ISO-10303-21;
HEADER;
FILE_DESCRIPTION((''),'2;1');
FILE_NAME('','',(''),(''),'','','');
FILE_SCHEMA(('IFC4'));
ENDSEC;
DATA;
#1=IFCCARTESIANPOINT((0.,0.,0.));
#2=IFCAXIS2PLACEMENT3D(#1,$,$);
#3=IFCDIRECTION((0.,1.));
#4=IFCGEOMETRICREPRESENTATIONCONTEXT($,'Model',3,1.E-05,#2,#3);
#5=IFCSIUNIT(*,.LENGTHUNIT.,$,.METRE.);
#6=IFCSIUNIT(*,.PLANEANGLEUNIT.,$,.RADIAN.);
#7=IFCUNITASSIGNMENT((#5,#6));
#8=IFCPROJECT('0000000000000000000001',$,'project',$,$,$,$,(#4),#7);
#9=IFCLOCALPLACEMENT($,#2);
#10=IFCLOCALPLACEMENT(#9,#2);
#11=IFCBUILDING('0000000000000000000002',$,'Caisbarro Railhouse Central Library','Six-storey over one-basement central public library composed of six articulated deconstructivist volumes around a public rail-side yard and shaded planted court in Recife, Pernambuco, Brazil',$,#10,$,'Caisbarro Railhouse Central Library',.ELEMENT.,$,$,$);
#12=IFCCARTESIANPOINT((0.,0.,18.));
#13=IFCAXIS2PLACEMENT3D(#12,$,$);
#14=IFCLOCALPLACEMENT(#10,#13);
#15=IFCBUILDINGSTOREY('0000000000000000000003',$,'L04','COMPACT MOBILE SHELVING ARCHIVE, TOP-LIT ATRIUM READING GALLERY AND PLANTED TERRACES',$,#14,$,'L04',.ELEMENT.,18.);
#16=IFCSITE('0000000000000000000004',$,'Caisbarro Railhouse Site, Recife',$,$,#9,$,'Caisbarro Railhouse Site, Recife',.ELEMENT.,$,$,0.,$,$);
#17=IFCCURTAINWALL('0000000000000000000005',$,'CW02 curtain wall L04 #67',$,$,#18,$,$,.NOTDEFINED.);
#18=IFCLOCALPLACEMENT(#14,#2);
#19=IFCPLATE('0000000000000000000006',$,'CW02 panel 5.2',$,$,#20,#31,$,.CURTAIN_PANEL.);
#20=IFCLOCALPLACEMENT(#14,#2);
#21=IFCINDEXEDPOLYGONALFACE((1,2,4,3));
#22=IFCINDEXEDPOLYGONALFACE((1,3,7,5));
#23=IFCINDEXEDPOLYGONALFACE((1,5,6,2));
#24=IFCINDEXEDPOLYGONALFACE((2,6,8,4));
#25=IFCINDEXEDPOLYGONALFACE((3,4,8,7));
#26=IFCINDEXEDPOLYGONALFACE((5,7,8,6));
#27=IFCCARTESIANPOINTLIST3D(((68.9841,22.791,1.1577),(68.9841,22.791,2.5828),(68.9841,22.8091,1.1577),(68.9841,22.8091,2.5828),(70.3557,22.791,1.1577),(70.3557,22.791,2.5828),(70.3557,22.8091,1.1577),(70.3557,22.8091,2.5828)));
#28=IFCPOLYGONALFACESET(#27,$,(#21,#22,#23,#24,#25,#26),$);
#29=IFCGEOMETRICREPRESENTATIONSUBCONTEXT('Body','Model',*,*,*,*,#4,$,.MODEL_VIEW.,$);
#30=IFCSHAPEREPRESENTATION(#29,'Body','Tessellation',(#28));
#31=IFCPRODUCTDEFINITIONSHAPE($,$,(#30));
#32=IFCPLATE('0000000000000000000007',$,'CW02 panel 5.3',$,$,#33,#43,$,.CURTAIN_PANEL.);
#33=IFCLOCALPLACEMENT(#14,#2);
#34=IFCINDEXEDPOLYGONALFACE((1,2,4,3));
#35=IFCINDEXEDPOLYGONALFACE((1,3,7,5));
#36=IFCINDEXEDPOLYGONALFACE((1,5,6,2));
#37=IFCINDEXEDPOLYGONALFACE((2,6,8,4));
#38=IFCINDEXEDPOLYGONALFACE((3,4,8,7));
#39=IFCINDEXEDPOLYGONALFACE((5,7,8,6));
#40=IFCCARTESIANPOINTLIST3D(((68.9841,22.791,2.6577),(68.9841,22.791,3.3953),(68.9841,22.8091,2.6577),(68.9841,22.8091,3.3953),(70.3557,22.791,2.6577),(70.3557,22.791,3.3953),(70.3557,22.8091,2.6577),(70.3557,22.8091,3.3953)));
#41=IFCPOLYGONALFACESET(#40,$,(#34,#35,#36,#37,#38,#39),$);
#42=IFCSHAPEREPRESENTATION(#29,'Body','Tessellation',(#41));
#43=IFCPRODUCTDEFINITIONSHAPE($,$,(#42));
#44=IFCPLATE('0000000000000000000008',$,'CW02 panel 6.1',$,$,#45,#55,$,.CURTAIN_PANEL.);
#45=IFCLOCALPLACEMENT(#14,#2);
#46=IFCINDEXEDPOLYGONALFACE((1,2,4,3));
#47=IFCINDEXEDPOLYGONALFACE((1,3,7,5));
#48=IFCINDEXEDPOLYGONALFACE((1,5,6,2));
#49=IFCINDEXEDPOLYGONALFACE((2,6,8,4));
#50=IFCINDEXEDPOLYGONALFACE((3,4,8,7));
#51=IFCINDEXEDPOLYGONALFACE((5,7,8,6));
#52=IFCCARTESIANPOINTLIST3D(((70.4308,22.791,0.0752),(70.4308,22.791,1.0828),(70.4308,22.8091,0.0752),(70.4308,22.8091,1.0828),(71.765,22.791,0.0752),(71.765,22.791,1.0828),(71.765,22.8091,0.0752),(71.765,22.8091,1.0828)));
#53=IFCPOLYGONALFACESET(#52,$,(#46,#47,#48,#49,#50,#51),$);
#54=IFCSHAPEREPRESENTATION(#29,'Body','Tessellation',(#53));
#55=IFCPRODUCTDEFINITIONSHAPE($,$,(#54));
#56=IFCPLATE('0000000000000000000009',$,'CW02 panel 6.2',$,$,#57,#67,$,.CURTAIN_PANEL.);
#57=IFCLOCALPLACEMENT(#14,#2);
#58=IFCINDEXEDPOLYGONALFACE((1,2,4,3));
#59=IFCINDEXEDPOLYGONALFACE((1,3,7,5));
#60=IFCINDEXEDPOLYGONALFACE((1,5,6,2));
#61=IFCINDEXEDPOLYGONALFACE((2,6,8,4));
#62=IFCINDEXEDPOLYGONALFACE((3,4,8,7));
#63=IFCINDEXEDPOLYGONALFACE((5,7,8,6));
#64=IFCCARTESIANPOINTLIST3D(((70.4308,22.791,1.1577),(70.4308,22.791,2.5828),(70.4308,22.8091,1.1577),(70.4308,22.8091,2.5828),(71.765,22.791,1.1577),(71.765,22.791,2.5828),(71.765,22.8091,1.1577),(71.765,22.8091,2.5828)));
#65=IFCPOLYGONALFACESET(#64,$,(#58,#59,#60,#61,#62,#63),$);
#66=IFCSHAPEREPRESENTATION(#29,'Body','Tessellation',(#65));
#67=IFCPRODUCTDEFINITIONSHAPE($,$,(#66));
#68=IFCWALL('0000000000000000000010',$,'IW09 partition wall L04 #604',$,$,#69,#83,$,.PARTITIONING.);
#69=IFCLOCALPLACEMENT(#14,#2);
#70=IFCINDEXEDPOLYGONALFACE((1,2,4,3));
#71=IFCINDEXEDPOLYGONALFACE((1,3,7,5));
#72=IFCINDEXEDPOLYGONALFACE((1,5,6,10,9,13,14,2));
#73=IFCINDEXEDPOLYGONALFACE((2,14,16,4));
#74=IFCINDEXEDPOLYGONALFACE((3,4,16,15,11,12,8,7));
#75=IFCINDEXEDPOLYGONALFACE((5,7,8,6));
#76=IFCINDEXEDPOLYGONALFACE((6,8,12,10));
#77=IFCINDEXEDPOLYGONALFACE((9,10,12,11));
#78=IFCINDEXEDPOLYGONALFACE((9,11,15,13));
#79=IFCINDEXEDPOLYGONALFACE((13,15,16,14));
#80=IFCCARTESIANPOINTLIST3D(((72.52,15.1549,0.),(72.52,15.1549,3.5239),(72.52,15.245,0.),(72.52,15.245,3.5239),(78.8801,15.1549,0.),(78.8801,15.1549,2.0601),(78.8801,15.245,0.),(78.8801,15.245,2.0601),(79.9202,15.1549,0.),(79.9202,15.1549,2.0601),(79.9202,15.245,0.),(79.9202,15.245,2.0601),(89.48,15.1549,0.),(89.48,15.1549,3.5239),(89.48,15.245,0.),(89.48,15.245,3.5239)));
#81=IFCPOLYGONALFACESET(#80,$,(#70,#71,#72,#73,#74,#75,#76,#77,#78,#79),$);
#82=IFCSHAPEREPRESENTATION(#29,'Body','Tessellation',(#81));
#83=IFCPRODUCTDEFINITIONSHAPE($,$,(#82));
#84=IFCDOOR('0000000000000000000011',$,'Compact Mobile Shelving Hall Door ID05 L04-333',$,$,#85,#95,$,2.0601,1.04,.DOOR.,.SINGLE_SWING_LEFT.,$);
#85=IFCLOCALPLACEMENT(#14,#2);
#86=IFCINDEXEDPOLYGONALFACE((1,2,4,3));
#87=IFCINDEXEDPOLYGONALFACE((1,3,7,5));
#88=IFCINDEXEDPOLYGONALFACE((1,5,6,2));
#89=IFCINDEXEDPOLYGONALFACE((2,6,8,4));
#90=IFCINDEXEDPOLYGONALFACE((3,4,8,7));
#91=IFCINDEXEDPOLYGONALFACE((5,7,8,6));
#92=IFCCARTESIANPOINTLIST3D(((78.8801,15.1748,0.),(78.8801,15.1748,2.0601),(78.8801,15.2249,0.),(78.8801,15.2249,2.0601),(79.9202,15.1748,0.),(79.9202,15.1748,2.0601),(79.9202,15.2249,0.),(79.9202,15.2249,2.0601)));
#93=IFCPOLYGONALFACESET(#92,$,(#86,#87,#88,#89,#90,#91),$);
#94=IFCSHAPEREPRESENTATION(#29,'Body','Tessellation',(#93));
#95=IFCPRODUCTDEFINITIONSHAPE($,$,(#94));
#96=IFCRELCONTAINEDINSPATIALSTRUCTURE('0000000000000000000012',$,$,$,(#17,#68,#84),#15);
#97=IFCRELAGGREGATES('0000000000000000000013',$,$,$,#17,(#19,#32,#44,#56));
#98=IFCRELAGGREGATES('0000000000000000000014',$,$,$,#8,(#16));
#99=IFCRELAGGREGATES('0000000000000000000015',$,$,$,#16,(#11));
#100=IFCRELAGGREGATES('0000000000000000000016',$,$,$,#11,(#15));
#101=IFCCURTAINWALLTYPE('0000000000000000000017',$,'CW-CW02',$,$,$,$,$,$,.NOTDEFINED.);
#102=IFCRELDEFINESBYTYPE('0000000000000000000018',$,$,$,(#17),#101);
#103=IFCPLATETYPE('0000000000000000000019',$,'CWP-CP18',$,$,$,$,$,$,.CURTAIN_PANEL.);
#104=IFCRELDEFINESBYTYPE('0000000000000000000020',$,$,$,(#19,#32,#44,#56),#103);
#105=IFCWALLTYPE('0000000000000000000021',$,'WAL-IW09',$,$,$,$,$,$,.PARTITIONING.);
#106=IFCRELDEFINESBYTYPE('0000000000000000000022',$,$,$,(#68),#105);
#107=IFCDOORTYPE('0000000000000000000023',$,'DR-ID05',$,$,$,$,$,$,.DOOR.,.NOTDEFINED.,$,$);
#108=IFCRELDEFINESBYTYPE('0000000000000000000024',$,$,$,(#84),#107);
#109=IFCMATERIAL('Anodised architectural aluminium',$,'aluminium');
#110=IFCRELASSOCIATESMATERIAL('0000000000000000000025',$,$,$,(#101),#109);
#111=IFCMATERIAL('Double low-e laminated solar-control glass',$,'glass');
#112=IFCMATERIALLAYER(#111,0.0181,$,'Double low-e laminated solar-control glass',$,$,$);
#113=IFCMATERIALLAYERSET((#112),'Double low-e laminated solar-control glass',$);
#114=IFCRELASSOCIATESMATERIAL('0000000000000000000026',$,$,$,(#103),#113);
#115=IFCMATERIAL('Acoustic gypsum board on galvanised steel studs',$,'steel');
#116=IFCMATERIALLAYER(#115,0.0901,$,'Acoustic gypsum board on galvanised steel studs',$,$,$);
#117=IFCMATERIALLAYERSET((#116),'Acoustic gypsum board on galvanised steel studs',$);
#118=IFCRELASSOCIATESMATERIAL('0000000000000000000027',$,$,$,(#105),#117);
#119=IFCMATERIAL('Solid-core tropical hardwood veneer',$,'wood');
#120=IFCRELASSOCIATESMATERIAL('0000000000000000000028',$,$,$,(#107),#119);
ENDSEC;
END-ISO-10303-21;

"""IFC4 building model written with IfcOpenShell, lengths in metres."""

from ifc_helpers import new_model, si_unit, direction, frame, frame_2d, origin, origin_2d, place, context, subcontext, project, spatial, rectangle, extrude, material, layer, layer_set, type_object, element, fill, aggregate, save


model = new_model("IFC4")

# Units and contexts
model_context = context("Model", 3, precision=1e-05, world=origin(), true_north=direction((0.0, 1.0)))
body_context = subcontext(model_context, "Body", "Model", "MODEL_VIEW")
ifc_project = project(units=[si_unit("LENGTHUNIT", "METRE"), si_unit("PLANEANGLEUNIT", "RADIAN")], contexts=[model_context])

# Site, building, storey
site_placement = place(None, origin())
site = spatial("IfcSite", under=ifc_project, at=site_placement, Name="Caisbarro Railhouse Site, Recife", LongName="Caisbarro Railhouse Site, Recife", CompositionType="ELEMENT", RefElevation=0.0)
building_placement = place(site_placement, origin())
building = spatial("IfcBuilding", under=site, at=building_placement, Name="Caisbarro Railhouse Central Library", Description="Six-storey over one-basement central public library composed of six articulated deconstructivist volumes around a public rail-side yard and shaded planted court in Recife, Pernambuco, Brazil", LongName="Caisbarro Railhouse Central Library", CompositionType="ELEMENT")
storey_placement = place(building_placement, frame((0.0, 0.0, 18.0)))
storey = spatial("IfcBuildingStorey", under=building, at=storey_placement, Name="L04", Description="COMPACT MOBILE SHELVING ARCHIVE, TOP-LIT ATRIUM READING GALLERY AND PLANTED TERRACES", LongName="L04", CompositionType="ELEMENT", Elevation=18.0)

# Curtain wall, plates
ifc_material_1 = material(Name="Anodised architectural aluminium", Category="aluminium")
curtain_wall_type = type_object("IfcCurtainWallType", Name="CW-CW02", PredefinedType="NOTDEFINED", material=ifc_material_1)
curtain_wall_placement = place(storey_placement, origin())
curtain_wall = element("IfcCurtainWall", 1, at=curtain_wall_placement, inside=storey, type_object=curtain_wall_type, Name="CW02 curtain wall L04 #67", PredefinedType="NOTDEFINED")
ifc_material_2 = material(Name="Double low-e laminated solar-control glass", Category="glass")
ifc_layer_1 = layer(ifc_material_2, 0.0181, Name="Double low-e laminated solar-control glass")
ifc_layer_set_1 = layer_set([ifc_layer_1], Name="Double low-e laminated solar-control glass")
plate_type = type_object("IfcPlateType", Name="CWP-CP18", PredefinedType="CURTAIN_PANEL", material=ifc_layer_set_1)
plate_1_placement = place(storey_placement, frame((69.6699, 22.8, 1.1577), z_axis=(0.0, 0.0, 1.0), x_axis=(1.0, 0.0, 0.0)))
plate_1 = element("IfcPlate", 2, at=plate_1_placement, type_object=plate_type, Name="CW02 panel 5.2", PredefinedType="CURTAIN_PANEL", context=body_context, shape_type="SweptSolid", body=[
    extrude(rectangle(XDim=1.3716, YDim=0.0181, at=origin_2d()), origin(), (0.0, 0.0, 1.0), 1.425),
])
plate_2_placement = place(storey_placement, frame((69.6699, 22.8, 2.6577), z_axis=(0.0, 0.0, 1.0), x_axis=(1.0, 0.0, 0.0)))
plate_2 = element("IfcPlate", 3, at=plate_2_placement, type_object=plate_type, Name="CW02 panel 5.3", PredefinedType="CURTAIN_PANEL", context=body_context, shape_type="SweptSolid", body=[
    extrude(rectangle(XDim=1.3716, YDim=0.0181, at=origin_2d()), origin(), (0.0, 0.0, 1.0), 0.7375),
])
plate_3_placement = place(storey_placement, frame((71.0979, 22.8, 0.0752), z_axis=(0.0, 0.0, 1.0), x_axis=(1.0, 0.0, 0.0)))
plate_3 = element("IfcPlate", 4, at=plate_3_placement, type_object=plate_type, Name="CW02 panel 6.1", PredefinedType="CURTAIN_PANEL", context=body_context, shape_type="SweptSolid", body=[
    extrude(rectangle(XDim=1.3342, YDim=0.0181, at=origin_2d()), origin(), (0.0, 0.0, 1.0), 1.0076),
])
plate_4_placement = place(storey_placement, frame((71.0979, 22.8, 1.1577), z_axis=(0.0, 0.0, 1.0), x_axis=(1.0, 0.0, 0.0)))
plate_4 = element("IfcPlate", 5, at=plate_4_placement, type_object=plate_type, Name="CW02 panel 6.2", PredefinedType="CURTAIN_PANEL", context=body_context, shape_type="SweptSolid", body=[
    extrude(rectangle(XDim=1.3342, YDim=0.0181, at=origin_2d()), origin(), (0.0, 0.0, 1.0), 1.425),
])
aggregate(curtain_wall, [plate_1, plate_2, plate_3, plate_4])

# Wall, opening, door
ifc_material_3 = material(Name="Acoustic gypsum board on galvanised steel studs", Category="steel")
ifc_layer_2 = layer(ifc_material_3, 0.0901, Name="Acoustic gypsum board on galvanised steel studs")
ifc_layer_set_2 = layer_set([ifc_layer_2], Name="Acoustic gypsum board on galvanised steel studs")
wall_type = type_object("IfcWallType", Name="WAL-IW09", PredefinedType="PARTITIONING", material=ifc_layer_set_2)
wall_placement = place(storey_placement, frame((72.52, 15.2, 0.0), z_axis=(0.0, 0.0, 1.0), x_axis=(1.0, 0.0, 0.0)))
wall = element("IfcWall", 6, at=wall_placement, inside=storey, type_object=wall_type, Name="IW09 partition wall L04 #604", PredefinedType="PARTITIONING", context=body_context, shape_type="SweptSolid", body=[
    extrude(rectangle(XDim=16.96, YDim=0.0901, at=frame_2d((8.48, 0.0))), origin(), (0.0, 0.0, 1.0), 3.5239),
])
opening_placement = place(wall_placement, frame((6.3601, 0.0, 0.0)))
opening = element("IfcOpeningElement", 7, at=opening_placement, cuts=wall, PredefinedType="OPENING", context=body_context, shape_type="SweptSolid", body=[
    extrude(rectangle(XDim=1.04, YDim=2.0601, at=frame_2d((0.52, 1.03))), frame((0.0, 0.0552, 0.0), z_axis=(0.0, -1.0, 0.0), x_axis=(1.0, 0.0, 0.0)), (0.0, 0.0, 1.0), 0.1101),
])
ifc_material_4 = material(Name="Solid-core tropical hardwood veneer", Category="wood")
door_type = type_object("IfcDoorType", Name="DR-ID05", OperationType="NOTDEFINED", PredefinedType="DOOR", material=ifc_material_4)
door_placement = place(opening_placement, origin())
door = element("IfcDoor", 8, at=door_placement, inside=storey, type_object=door_type, Name="Compact Mobile Shelving Hall Door ID05 L04-333", OperationType="SINGLE_SWING_LEFT", OverallHeight=2.0601, OverallWidth=1.04, PredefinedType="DOOR", context=body_context, shape_type="SweptSolid", body=[
    extrude(rectangle(XDim=1.04, YDim=2.0601, at=frame_2d((0.52, 1.03))), frame((0.0, 0.0249, 0.0), z_axis=(0.0, -1.0, 0.0), x_axis=(1.0, 0.0, 0.0)), (0.0, 0.0, 1.0), 0.05),
])
fill(opening, door)

save(model, "model.ifc")
